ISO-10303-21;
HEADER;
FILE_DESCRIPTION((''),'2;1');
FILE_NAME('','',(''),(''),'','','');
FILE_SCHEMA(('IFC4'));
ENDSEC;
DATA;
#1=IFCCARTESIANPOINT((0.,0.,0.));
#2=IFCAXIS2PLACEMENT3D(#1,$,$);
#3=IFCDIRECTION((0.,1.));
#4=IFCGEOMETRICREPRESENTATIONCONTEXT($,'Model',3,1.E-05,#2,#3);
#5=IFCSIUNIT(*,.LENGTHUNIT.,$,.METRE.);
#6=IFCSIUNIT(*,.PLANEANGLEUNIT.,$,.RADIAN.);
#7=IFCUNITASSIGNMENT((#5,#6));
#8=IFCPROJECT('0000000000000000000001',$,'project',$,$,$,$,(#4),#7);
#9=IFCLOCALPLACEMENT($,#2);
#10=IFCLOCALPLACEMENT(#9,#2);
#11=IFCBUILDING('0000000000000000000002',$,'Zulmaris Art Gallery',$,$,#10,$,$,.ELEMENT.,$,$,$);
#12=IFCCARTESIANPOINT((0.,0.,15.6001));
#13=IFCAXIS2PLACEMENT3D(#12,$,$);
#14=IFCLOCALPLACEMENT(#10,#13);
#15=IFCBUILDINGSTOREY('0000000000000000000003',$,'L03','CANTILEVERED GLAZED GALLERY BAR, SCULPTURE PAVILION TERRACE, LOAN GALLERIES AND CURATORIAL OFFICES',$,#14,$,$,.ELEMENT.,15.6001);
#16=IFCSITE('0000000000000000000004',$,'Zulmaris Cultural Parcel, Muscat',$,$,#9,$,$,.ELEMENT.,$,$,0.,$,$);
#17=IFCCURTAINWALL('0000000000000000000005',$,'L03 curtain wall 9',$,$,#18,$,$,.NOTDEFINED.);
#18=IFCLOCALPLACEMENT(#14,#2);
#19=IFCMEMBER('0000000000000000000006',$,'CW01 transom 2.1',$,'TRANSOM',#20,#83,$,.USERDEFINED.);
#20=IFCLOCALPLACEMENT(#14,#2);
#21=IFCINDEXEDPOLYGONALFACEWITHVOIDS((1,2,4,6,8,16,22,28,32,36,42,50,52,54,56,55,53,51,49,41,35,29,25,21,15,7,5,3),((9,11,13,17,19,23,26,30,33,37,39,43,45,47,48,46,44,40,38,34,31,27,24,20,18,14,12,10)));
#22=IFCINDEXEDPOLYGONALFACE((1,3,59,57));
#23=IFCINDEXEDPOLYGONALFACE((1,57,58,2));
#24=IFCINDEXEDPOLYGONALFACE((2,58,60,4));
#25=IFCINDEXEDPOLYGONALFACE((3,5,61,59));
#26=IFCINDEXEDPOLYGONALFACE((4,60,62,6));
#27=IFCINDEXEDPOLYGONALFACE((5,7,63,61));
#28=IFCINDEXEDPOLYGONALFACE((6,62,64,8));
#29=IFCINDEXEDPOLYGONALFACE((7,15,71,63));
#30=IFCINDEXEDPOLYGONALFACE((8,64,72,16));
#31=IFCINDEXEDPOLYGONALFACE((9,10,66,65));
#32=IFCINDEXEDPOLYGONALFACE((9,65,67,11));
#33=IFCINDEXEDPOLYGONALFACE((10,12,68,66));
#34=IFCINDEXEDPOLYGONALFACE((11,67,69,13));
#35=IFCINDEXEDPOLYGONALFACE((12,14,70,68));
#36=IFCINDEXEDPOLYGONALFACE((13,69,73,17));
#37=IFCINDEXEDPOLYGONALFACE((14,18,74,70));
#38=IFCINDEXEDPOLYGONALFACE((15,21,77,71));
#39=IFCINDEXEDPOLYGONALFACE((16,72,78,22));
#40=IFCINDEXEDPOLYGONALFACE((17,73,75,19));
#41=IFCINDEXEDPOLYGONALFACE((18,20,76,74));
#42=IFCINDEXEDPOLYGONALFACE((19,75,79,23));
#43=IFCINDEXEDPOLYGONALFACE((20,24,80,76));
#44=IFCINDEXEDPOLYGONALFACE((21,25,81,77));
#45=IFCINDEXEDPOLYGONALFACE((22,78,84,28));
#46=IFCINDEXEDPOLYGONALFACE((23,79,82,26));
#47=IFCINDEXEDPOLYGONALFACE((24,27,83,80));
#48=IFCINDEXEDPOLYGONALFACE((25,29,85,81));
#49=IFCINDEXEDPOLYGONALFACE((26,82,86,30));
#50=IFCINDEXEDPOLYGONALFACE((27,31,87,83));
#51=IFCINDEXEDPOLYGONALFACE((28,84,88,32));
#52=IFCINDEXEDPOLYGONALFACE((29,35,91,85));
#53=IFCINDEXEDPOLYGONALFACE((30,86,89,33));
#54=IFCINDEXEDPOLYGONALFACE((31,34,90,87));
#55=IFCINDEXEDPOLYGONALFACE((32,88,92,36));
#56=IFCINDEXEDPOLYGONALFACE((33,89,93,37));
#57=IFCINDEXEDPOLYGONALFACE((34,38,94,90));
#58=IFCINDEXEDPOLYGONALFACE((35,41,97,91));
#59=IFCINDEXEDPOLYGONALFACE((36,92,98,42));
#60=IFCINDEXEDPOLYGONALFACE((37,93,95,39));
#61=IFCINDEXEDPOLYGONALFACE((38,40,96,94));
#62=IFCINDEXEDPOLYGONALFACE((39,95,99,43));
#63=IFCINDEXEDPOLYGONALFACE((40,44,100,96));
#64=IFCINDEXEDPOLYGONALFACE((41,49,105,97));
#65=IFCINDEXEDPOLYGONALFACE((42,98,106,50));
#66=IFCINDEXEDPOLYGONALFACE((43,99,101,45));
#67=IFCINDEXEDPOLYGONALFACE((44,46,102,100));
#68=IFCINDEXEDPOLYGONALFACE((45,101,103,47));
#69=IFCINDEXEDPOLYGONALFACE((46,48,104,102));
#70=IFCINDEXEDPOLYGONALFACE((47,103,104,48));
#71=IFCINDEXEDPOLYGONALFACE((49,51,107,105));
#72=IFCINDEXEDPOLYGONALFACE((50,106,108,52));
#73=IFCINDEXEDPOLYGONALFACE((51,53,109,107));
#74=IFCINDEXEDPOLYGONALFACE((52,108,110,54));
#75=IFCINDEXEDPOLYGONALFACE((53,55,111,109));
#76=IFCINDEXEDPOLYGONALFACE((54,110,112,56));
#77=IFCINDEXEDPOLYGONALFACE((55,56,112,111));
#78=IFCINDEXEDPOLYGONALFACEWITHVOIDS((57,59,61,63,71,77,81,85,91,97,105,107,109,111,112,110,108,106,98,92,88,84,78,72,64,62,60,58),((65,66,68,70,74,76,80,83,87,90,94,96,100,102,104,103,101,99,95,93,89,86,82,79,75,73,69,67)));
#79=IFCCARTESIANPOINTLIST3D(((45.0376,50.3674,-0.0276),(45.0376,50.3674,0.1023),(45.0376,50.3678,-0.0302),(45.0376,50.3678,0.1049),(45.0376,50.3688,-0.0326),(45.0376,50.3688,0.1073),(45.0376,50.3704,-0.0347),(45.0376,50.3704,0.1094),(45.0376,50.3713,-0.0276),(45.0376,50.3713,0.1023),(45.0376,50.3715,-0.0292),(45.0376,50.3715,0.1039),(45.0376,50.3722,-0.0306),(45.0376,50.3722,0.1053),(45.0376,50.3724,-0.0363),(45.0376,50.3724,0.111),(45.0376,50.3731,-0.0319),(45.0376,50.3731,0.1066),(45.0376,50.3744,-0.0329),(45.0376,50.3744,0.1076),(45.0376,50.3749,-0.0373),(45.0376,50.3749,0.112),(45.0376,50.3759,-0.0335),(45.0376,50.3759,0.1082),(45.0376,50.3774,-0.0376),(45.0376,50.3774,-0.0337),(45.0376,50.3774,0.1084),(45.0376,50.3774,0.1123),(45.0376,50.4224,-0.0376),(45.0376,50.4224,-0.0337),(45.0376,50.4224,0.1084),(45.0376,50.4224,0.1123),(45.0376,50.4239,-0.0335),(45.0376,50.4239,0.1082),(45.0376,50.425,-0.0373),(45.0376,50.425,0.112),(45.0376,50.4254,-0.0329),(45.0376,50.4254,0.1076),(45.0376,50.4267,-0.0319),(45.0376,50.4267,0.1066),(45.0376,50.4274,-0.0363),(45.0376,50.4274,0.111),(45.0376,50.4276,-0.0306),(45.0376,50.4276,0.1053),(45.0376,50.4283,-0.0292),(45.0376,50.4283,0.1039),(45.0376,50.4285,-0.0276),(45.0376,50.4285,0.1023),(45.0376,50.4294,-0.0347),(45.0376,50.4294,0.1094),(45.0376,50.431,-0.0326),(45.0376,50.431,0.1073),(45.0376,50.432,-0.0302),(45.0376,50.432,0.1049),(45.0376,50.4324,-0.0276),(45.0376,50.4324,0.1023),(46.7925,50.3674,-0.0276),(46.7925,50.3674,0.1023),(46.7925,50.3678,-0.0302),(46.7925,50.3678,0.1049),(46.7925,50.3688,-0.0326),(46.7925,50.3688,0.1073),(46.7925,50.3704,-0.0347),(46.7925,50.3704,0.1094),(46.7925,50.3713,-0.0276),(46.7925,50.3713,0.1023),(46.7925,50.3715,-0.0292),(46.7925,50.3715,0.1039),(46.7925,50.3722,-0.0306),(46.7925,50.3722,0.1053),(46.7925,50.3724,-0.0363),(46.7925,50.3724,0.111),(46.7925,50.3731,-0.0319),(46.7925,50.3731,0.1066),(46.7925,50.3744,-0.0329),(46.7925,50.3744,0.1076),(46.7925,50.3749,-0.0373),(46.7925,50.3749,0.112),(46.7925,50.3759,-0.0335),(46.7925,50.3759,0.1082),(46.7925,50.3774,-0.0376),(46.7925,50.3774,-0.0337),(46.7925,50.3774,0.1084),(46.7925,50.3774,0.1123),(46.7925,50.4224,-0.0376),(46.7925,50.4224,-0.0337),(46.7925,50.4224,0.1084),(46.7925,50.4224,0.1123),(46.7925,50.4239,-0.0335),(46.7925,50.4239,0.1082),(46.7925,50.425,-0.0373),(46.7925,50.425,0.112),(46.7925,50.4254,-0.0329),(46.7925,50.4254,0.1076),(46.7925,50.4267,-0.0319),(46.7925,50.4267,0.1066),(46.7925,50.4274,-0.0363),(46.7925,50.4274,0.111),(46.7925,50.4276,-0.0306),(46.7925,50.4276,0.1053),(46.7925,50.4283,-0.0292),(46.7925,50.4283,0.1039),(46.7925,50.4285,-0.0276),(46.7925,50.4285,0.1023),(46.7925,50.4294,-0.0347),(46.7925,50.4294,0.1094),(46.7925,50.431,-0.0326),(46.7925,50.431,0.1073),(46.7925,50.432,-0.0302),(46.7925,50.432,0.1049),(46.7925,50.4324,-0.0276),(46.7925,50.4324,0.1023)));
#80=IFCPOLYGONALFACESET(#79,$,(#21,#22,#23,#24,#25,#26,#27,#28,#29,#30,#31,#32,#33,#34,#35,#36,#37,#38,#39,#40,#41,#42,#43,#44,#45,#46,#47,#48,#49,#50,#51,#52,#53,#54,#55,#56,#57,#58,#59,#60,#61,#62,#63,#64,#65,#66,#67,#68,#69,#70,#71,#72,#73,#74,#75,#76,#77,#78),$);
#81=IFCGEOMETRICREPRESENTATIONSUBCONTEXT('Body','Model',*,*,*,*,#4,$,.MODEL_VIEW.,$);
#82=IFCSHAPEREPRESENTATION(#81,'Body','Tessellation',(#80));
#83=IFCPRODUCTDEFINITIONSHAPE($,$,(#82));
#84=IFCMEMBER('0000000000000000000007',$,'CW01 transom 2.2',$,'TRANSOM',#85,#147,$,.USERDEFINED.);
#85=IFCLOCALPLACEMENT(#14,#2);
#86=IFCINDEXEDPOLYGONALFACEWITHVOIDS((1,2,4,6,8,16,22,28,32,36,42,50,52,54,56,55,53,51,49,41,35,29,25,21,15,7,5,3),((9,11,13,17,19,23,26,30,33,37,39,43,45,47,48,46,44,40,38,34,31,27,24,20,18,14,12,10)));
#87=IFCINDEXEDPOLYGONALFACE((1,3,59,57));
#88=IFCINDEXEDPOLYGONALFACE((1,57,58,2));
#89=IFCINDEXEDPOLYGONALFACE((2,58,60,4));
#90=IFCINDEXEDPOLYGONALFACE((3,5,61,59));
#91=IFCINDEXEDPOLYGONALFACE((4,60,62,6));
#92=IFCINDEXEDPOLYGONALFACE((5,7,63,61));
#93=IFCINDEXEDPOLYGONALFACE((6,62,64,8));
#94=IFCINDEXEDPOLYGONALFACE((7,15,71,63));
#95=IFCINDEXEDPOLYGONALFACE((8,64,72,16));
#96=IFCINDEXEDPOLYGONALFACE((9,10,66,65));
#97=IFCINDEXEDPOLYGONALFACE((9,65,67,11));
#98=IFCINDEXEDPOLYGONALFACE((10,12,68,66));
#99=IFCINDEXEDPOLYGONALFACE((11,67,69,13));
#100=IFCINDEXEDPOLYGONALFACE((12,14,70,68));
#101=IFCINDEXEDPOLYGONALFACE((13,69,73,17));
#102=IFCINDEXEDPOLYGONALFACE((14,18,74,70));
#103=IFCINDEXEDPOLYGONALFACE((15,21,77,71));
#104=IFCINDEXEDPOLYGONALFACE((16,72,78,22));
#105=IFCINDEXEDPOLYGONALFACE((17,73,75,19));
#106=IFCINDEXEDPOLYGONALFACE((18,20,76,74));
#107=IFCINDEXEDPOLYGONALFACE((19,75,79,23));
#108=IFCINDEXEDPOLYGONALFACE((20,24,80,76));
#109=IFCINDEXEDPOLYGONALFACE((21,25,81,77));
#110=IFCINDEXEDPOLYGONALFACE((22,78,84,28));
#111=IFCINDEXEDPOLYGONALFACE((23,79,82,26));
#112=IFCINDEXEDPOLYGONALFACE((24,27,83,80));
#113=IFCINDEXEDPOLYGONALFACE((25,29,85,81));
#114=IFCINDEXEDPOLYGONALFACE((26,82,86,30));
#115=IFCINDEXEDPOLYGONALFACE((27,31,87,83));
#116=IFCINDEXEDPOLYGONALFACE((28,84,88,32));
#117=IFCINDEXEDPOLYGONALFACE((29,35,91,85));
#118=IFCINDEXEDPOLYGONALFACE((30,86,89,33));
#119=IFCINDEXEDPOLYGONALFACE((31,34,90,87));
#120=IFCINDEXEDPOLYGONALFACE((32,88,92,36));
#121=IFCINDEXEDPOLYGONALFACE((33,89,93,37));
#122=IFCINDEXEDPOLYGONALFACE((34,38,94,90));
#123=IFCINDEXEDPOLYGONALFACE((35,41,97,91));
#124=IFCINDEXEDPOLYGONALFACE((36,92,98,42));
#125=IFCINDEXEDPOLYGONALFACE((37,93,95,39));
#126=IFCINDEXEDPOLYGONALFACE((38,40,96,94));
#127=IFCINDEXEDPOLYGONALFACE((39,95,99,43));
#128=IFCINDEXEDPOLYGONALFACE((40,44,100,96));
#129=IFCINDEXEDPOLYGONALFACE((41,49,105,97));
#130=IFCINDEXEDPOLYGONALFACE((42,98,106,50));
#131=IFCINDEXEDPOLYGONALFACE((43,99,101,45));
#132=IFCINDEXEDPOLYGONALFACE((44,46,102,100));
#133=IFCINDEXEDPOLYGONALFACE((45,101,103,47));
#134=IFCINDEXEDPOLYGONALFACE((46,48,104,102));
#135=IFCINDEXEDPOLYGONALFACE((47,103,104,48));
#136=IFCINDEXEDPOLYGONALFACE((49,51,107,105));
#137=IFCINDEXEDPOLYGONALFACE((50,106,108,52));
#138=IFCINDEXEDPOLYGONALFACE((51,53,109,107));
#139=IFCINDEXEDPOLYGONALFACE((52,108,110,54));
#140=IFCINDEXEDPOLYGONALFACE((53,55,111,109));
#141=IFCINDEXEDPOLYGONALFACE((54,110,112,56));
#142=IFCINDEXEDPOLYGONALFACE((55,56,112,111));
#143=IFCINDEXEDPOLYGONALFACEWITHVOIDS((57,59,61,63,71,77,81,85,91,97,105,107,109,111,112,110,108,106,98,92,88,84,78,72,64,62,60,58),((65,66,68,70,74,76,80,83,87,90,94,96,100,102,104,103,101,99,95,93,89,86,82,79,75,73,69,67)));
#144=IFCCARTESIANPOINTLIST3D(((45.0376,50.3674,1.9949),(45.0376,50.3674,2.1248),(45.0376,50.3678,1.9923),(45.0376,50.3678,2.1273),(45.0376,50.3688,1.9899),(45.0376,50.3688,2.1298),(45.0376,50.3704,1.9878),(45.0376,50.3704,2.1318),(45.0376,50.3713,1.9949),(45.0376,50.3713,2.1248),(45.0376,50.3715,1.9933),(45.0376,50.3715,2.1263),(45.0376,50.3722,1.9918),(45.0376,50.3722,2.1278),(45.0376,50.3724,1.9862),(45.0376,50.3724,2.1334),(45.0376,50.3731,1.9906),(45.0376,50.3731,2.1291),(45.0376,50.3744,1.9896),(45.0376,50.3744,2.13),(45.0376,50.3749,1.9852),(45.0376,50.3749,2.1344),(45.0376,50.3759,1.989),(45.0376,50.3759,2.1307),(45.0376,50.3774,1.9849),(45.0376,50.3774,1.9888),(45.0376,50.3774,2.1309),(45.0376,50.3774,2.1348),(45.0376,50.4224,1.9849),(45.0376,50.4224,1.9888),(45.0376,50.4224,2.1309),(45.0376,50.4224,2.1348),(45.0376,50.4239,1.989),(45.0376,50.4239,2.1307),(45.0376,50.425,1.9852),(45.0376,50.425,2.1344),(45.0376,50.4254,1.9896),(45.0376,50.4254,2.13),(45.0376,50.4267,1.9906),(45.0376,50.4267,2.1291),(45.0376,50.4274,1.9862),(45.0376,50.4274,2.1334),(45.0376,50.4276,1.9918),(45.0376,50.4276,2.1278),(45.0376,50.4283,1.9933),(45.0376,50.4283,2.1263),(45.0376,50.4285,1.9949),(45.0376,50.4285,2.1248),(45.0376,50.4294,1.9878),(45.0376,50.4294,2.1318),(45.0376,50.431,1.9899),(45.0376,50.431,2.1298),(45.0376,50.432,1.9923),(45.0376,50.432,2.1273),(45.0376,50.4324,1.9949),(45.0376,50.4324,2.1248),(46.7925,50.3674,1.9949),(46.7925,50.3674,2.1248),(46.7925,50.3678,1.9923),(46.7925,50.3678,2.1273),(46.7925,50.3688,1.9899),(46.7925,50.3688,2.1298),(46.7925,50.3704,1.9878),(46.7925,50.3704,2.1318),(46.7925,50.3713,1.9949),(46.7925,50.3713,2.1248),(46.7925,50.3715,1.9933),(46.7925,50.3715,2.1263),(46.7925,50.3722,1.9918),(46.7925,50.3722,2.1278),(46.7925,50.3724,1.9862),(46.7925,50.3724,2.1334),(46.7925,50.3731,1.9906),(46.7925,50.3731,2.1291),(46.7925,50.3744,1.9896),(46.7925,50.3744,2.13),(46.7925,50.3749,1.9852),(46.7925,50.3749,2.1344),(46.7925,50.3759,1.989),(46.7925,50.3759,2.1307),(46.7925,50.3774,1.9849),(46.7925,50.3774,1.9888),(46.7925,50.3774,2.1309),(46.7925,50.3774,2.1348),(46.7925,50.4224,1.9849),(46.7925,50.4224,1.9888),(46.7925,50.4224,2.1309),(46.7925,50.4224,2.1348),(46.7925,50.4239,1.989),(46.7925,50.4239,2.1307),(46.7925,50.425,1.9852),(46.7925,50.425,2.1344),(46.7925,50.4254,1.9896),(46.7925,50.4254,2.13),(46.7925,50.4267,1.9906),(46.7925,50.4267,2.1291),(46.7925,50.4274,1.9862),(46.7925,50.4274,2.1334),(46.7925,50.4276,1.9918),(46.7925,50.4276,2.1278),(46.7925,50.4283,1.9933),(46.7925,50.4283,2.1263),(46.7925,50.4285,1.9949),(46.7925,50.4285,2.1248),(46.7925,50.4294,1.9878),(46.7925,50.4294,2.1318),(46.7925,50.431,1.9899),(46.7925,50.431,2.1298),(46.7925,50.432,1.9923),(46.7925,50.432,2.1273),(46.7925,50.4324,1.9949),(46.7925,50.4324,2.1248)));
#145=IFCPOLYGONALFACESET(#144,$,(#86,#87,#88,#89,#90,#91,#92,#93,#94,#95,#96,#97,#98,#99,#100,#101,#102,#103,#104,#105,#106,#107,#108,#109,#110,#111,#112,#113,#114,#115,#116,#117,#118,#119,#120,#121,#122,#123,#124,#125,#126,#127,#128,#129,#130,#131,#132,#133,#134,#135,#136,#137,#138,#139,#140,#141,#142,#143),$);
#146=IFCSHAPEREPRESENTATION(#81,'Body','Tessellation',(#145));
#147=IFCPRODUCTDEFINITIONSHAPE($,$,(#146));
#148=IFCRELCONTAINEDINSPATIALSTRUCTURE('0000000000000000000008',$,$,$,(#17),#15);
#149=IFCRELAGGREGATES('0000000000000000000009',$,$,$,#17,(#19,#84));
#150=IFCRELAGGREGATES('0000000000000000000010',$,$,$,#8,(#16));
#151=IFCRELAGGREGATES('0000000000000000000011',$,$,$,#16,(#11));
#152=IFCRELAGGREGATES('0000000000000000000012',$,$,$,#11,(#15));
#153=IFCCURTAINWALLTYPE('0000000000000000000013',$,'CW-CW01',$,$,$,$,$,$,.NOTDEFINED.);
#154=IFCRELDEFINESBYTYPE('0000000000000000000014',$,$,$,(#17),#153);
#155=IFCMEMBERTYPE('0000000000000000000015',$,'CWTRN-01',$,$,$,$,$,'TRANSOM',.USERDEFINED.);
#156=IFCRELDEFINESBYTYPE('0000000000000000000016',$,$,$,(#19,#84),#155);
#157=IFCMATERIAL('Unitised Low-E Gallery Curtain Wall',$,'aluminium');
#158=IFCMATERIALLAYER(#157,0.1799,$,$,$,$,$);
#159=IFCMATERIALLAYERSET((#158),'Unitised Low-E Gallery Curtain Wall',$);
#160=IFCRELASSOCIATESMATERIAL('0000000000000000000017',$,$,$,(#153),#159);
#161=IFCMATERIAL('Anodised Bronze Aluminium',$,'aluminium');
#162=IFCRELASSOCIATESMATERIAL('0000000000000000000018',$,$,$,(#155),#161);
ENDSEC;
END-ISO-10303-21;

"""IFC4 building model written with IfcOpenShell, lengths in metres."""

from ifc_helpers import new_model, si_unit, direction, frame, origin, origin_2d, place, context, subcontext, project, spatial, hollow_rectangle, extrude, material, layer, layer_set, material_profile, profile_set, type_object, element, aggregate, save


model = new_model("IFC4")

# Units and contexts
model_context = context("Model", 3, precision=1e-05, world=origin(), true_north=direction((0.0, 1.0)))
body_context = subcontext(model_context, "Body", "Model", "MODEL_VIEW")
ifc_project = project(units=[si_unit("LENGTHUNIT", "METRE"), si_unit("PLANEANGLEUNIT", "RADIAN")], contexts=[model_context])

# Site, building, storey
site_placement = place(None, origin())
site = spatial("IfcSite", under=ifc_project, at=site_placement, Name="Zulmaris Cultural Parcel, Muscat", CompositionType="ELEMENT", RefElevation=0.0)
building_placement = place(site_placement, origin())
building = spatial("IfcBuilding", under=site, at=building_placement, Name="Zulmaris Art Gallery", CompositionType="ELEMENT")
storey_placement = place(building_placement, frame((0.0, 0.0, 15.6001)))
storey = spatial("IfcBuildingStorey", under=building, at=storey_placement, Name="L03", Description="CANTILEVERED GLAZED GALLERY BAR, SCULPTURE PAVILION TERRACE, LOAN GALLERIES AND CURATORIAL OFFICES", CompositionType="ELEMENT", Elevation=15.6001)

# Shared definitions
ifc_material_1 = material(Name="Unitised Low-E Gallery Curtain Wall", Category="aluminium")
ifc_layer_1 = layer(ifc_material_1, 0.1799)
ifc_layer_set_1 = layer_set([ifc_layer_1], Name="Unitised Low-E Gallery Curtain Wall")
curtain_wall_type = type_object("IfcCurtainWallType", Name="CW-CW01", PredefinedType="NOTDEFINED", material=ifc_layer_set_1)
ifc_material_2 = material(Name="Anodised Bronze Aluminium", Category="aluminium")

# Curtain wall, members
curtain_wall_1_placement = place(storey_placement, origin())
curtain_wall_1 = element("IfcCurtainWall", 1, at=curtain_wall_1_placement, inside=storey, type_object=curtain_wall_type, Name="L03 curtain wall 9", PredefinedType="NOTDEFINED")
ifc_material_profile_1 = material_profile(ifc_material_2, hollow_rectangle(XDim=0.0649, YDim=0.1499, WallThickness=0.0039, InnerFilletRadius=0.0061, OuterFilletRadius=0.01, at=origin_2d()), Name="ALU 65x150x4")
ifc_profile_set_1 = profile_set([ifc_material_profile_1], Name="Anodised Bronze Aluminium")
member_type_1 = type_object("IfcMemberType", Name="CWTRN-01", ElementType="TRANSOM", PredefinedType="USERDEFINED", material=ifc_profile_set_1)
member_1_placement = place(storey_placement, frame((46.7925, 50.3999, 0.0374), z_axis=(-1.0, 0.0, 0.0), x_axis=(0.0, -1.0, 0.0)))
member_1 = element("IfcMember", 2, at=member_1_placement, type_object=member_type_1, Name="CW01 transom 2.1", ObjectType="TRANSOM", PredefinedType="USERDEFINED", context=body_context, shape_type="SweptSolid", body=[
    extrude(hollow_rectangle(XDim=0.0649, YDim=0.1499, WallThickness=0.0039, InnerFilletRadius=0.0061, OuterFilletRadius=0.01, at=origin_2d()), origin(), (0.0, 0.0, 1.0), 1.7549),
])
member_2_placement = place(storey_placement, frame((46.7925, 50.3999, 2.0598), z_axis=(-1.0, 0.0, 0.0), x_axis=(0.0, -1.0, 0.0)))
member_2 = element("IfcMember", 3, at=member_2_placement, type_object=member_type_1, Name="CW01 transom 2.2", ObjectType="TRANSOM", PredefinedType="USERDEFINED", context=body_context, shape_type="SweptSolid", body=[
    extrude(hollow_rectangle(XDim=0.0649, YDim=0.1499, WallThickness=0.0039, InnerFilletRadius=0.0061, OuterFilletRadius=0.01, at=origin_2d()), origin(), (0.0, 0.0, 1.0), 1.7549),
])

aggregate(curtain_wall_1, [member_1, member_2])

save(model, "model.ifc")
